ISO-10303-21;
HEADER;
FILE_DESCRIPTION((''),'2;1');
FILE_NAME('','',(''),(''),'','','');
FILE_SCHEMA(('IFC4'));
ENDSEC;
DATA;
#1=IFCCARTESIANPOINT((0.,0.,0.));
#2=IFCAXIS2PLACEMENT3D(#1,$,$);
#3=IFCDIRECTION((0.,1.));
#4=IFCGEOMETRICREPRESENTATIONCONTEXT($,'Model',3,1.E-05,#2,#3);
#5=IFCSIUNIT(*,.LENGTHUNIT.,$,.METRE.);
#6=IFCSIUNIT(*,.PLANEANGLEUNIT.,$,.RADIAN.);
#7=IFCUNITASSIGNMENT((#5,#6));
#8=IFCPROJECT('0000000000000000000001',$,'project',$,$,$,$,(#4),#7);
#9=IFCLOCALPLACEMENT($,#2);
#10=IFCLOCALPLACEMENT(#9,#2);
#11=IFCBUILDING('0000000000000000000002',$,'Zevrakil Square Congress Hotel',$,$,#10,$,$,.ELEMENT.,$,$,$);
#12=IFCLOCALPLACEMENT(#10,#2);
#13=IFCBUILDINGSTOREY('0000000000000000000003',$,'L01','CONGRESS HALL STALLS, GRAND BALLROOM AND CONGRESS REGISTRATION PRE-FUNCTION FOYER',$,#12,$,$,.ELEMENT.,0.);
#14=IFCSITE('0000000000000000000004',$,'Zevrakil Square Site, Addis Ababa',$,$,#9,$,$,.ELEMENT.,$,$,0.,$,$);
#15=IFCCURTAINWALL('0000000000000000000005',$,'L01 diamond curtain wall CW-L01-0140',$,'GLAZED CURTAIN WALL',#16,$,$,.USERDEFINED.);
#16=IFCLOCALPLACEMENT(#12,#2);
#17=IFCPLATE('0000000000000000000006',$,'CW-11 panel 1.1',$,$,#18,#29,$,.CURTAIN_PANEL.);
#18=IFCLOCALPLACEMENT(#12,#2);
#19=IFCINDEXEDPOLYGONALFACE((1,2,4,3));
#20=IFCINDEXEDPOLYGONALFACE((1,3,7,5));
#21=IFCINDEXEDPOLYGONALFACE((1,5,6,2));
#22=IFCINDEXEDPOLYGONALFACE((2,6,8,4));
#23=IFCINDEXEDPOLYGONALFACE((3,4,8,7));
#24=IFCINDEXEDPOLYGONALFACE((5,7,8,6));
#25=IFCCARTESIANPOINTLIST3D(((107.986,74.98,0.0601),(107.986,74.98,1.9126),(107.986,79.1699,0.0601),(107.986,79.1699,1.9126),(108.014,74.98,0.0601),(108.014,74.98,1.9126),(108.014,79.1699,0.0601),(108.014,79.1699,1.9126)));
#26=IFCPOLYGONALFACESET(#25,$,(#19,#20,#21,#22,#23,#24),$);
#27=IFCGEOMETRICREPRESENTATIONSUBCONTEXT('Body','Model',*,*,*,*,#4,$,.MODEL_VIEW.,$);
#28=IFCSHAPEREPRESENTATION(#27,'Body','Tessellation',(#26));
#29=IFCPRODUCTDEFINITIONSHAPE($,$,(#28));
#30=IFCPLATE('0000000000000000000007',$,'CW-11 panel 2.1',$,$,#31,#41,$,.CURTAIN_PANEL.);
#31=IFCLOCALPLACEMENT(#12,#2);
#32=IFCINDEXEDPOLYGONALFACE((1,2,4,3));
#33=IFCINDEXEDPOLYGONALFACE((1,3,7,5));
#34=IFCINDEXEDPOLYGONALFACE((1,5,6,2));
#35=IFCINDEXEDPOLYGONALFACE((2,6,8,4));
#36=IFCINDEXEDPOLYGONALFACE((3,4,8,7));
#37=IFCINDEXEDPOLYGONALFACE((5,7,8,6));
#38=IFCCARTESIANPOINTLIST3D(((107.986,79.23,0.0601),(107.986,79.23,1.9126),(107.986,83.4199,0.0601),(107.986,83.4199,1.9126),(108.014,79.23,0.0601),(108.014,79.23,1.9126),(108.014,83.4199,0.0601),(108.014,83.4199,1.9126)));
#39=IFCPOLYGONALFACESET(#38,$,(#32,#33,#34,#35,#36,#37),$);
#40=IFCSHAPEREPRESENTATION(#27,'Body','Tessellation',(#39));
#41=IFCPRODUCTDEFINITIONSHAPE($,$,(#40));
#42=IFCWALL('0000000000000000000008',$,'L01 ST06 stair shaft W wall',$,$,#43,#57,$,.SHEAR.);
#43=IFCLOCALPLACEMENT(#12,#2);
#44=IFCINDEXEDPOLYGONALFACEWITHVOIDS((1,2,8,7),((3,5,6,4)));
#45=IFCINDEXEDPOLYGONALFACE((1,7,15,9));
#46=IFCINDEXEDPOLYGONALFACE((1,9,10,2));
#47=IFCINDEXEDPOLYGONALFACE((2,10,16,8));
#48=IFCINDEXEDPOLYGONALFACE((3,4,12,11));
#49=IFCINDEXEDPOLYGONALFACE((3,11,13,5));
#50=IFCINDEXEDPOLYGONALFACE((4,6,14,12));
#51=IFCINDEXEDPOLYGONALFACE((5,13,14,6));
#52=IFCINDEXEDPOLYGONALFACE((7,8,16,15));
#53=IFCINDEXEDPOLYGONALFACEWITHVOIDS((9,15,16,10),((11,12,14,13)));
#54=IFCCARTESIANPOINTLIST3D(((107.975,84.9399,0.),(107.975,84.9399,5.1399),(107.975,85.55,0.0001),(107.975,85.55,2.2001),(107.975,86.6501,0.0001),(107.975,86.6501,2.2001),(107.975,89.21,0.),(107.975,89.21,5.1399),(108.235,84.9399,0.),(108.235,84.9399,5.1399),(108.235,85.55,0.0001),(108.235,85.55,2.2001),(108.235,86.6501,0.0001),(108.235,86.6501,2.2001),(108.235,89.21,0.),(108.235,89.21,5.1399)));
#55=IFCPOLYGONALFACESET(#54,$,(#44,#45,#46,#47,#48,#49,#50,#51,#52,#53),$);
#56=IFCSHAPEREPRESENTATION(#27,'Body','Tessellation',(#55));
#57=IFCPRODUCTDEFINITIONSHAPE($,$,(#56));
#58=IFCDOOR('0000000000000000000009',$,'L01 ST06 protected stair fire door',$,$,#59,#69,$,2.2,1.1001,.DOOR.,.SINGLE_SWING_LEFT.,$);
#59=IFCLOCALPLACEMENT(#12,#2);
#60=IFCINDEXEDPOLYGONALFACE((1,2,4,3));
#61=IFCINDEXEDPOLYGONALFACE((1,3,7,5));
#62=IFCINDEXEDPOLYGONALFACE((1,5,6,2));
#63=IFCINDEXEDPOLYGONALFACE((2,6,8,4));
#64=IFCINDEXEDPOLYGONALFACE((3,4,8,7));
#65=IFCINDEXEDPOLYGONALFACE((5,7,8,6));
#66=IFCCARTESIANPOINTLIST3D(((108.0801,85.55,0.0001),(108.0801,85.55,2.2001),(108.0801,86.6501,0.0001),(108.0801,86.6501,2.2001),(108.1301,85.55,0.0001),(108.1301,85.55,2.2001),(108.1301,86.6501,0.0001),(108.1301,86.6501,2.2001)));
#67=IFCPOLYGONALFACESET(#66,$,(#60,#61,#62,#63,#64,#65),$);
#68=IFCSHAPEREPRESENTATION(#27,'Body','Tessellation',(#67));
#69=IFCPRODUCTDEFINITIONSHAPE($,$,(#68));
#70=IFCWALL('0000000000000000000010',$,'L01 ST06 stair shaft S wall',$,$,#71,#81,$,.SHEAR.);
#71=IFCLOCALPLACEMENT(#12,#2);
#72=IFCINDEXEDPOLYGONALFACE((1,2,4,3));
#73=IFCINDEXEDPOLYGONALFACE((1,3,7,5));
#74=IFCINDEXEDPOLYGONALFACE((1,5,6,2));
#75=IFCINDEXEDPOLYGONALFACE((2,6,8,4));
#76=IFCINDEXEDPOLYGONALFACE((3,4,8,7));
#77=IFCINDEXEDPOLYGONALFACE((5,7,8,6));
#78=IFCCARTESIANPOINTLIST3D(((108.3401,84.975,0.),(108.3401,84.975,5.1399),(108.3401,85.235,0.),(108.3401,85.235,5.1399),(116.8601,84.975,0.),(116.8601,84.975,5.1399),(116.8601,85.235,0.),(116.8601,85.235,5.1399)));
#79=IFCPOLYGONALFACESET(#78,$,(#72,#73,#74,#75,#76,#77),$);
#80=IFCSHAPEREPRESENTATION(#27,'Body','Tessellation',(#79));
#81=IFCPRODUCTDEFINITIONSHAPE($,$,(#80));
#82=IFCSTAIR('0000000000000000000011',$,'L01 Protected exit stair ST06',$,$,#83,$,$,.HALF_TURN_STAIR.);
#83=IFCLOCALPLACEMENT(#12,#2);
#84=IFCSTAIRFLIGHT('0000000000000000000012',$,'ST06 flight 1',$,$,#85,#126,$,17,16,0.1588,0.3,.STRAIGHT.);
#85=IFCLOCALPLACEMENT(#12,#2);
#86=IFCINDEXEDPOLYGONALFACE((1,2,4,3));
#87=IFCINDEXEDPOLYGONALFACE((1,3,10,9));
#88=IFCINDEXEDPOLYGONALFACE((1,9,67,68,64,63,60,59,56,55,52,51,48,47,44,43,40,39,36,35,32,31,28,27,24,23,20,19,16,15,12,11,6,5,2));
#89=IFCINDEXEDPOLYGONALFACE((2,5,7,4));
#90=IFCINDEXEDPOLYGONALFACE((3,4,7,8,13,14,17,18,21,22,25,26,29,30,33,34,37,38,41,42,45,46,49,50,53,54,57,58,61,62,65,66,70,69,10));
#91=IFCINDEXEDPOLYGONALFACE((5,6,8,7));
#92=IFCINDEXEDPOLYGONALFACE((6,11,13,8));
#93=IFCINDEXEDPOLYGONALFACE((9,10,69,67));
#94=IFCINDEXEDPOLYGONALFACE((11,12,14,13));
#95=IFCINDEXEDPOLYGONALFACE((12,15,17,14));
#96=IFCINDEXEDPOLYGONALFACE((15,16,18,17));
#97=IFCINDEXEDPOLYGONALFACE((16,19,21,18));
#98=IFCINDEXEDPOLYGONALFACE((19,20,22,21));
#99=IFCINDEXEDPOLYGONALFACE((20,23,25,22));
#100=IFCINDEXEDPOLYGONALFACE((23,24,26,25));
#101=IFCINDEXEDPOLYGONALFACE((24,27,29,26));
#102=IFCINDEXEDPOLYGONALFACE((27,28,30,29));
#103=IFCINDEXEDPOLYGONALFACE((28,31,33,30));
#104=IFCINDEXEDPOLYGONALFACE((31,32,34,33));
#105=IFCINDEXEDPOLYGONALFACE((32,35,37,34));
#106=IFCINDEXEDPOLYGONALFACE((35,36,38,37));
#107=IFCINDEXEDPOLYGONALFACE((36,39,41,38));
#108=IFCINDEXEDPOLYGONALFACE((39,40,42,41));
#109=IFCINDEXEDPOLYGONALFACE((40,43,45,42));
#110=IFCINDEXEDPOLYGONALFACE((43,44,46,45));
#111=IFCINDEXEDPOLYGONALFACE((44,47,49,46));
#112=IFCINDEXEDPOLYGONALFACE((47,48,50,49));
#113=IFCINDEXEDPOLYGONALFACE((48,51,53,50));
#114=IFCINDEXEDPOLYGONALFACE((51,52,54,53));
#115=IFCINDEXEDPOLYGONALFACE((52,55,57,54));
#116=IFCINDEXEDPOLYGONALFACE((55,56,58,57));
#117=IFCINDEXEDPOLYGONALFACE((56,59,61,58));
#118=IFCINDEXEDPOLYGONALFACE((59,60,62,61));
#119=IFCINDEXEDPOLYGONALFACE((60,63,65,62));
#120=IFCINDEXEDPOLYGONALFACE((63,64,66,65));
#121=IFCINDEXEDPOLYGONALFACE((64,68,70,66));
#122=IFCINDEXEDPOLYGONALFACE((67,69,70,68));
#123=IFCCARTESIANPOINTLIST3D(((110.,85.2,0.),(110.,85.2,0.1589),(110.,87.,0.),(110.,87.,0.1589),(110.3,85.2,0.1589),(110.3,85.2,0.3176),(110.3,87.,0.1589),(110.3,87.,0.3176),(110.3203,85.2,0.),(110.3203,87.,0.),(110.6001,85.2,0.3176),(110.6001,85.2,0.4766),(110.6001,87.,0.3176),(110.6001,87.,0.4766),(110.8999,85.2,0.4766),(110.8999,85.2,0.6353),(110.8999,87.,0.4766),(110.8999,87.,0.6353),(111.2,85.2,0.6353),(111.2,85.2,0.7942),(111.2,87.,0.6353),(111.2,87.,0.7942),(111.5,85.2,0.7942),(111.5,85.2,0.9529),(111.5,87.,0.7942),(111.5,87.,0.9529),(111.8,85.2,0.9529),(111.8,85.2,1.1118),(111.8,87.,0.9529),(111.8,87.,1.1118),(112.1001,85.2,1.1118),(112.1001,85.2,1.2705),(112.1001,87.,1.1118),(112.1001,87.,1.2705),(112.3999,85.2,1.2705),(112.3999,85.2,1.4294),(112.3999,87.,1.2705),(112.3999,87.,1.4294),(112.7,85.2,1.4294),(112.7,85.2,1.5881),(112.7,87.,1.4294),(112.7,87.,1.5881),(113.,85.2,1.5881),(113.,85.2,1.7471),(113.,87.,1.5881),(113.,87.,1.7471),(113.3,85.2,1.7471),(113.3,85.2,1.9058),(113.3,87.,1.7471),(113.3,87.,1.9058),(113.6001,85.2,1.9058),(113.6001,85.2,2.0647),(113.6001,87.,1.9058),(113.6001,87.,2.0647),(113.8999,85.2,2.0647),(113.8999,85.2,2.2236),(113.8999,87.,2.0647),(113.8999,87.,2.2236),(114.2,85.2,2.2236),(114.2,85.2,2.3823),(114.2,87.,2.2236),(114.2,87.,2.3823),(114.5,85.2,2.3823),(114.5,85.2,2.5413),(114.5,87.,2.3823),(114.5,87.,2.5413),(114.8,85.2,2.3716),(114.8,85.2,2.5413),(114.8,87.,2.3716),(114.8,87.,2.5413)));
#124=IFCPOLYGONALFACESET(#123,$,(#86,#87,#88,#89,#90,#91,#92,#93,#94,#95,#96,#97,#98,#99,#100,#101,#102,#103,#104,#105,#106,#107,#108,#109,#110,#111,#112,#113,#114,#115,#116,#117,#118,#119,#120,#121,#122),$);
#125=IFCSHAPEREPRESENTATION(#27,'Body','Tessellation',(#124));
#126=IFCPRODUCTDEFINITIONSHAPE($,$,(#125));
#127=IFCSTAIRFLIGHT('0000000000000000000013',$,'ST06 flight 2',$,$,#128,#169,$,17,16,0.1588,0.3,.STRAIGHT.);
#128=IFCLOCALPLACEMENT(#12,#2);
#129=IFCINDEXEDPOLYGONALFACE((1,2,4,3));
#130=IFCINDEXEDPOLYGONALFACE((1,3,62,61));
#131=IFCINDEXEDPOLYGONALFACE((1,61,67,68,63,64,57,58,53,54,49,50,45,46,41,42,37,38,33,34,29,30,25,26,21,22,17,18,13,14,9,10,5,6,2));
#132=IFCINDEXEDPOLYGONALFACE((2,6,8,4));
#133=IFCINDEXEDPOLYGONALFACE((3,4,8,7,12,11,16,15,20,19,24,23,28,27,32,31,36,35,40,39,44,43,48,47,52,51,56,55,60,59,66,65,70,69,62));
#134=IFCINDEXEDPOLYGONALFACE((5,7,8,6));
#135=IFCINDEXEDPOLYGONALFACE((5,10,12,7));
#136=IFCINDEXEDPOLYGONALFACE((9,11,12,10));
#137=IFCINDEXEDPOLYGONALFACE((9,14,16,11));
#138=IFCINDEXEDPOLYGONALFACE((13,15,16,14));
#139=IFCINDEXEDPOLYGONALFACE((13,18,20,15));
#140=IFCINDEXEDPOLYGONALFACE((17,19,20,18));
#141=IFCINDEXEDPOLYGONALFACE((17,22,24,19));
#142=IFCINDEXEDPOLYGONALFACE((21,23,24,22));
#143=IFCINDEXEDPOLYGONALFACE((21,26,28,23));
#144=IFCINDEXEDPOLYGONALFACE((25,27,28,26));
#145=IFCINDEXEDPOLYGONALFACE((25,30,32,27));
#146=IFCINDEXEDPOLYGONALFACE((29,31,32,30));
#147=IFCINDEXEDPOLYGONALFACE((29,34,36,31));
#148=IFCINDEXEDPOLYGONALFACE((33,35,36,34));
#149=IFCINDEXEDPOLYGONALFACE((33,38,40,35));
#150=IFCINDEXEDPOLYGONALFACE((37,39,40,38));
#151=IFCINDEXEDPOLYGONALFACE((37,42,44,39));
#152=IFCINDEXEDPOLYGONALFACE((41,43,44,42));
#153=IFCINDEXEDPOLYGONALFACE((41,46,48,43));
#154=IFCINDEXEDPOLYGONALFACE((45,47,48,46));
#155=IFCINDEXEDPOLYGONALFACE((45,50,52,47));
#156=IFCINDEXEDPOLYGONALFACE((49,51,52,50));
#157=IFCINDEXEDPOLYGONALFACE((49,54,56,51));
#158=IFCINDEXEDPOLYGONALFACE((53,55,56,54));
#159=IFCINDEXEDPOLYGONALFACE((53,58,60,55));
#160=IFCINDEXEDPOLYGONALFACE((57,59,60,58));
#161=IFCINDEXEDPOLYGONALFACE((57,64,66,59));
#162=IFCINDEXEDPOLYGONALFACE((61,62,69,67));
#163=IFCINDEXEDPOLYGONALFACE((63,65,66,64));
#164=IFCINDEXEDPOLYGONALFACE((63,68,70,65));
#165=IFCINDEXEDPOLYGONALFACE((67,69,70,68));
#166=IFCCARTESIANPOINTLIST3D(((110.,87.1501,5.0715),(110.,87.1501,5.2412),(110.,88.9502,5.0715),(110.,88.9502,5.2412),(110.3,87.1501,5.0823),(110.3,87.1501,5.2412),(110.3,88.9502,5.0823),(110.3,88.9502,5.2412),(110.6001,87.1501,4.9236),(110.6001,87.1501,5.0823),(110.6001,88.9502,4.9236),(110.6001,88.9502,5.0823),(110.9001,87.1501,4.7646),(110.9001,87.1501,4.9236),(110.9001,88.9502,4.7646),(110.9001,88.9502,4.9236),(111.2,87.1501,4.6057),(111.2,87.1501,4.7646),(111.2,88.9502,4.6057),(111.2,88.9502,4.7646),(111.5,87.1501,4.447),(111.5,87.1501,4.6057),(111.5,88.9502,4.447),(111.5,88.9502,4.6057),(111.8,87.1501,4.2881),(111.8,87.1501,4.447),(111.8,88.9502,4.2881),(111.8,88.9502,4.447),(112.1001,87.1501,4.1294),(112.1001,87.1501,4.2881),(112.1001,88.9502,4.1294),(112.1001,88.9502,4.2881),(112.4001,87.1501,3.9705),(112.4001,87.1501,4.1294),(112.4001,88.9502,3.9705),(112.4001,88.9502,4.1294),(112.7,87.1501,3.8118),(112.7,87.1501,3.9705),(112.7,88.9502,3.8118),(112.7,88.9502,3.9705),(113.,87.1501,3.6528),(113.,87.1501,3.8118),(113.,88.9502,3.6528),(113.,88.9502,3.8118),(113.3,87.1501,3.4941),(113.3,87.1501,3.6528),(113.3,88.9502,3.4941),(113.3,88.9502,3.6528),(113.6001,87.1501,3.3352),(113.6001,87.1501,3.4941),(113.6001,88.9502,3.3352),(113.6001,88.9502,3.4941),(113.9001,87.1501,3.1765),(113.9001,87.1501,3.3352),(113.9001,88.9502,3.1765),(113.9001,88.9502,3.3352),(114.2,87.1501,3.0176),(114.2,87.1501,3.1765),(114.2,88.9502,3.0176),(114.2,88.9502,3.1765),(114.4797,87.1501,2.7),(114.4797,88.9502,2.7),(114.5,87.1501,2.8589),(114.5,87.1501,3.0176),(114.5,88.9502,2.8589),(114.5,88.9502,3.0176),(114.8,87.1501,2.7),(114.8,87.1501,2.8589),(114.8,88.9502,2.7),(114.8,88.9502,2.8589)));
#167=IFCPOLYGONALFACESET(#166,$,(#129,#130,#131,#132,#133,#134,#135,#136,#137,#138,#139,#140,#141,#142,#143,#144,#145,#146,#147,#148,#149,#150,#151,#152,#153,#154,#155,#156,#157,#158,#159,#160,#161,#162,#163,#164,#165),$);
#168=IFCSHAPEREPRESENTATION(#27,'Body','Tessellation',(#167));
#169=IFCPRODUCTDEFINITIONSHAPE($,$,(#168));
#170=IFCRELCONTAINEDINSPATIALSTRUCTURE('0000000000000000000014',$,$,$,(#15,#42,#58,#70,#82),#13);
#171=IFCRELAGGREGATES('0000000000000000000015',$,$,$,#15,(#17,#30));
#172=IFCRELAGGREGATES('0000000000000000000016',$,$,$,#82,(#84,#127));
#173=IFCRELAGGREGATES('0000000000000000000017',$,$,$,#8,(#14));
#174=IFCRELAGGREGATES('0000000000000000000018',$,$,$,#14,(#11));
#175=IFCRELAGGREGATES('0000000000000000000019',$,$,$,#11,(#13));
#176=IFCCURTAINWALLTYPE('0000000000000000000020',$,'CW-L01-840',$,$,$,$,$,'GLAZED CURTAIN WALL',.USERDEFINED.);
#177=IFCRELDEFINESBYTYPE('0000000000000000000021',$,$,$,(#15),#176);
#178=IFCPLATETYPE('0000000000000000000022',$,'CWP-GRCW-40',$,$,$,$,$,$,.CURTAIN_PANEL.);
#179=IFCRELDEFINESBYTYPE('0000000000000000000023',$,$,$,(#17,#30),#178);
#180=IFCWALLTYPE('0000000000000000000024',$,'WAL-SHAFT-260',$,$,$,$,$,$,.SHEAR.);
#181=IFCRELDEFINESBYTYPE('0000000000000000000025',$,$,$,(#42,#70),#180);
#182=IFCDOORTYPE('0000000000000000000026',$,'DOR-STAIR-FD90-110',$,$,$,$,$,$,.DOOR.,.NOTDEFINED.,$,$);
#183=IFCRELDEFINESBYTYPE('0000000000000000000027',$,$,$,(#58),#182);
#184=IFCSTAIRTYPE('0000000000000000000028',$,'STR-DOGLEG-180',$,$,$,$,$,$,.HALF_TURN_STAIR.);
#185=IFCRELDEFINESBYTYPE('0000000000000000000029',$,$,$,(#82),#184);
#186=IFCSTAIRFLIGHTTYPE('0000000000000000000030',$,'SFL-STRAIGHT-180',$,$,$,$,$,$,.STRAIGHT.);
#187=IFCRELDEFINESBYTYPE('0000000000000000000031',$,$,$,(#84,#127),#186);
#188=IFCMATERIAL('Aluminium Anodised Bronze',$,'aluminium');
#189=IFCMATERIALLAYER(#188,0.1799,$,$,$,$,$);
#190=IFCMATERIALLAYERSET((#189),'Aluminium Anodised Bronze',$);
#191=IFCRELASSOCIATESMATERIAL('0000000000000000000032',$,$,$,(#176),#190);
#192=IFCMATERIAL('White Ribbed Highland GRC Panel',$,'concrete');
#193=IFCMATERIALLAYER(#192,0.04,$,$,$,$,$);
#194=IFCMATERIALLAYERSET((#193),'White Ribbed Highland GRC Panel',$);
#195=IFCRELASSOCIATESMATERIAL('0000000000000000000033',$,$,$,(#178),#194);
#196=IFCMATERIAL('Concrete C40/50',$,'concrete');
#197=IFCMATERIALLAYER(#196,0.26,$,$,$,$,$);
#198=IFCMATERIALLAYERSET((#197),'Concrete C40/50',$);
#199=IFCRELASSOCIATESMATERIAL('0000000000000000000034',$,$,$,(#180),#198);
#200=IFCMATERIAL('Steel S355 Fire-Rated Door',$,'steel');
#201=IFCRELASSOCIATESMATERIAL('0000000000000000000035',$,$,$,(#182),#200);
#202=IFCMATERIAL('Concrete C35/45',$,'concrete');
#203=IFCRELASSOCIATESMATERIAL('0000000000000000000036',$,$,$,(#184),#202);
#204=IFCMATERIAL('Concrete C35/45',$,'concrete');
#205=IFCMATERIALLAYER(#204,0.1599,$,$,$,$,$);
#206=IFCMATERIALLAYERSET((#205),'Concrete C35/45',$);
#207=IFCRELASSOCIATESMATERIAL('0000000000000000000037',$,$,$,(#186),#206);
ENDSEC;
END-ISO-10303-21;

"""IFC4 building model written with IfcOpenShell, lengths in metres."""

from ifc_helpers import new_model, si_unit, direction, frame, frame_2d, origin, origin_2d, place, context, subcontext, project, spatial, polyline, rectangle, outline, extrude, material, layer, layer_set, type_object, element, fill, aggregate, save


model = new_model("IFC4")

# Units and contexts
model_context = context("Model", 3, precision=1e-05, world=origin(), true_north=direction((0.0, 1.0)))
body_context = subcontext(model_context, "Body", "Model", "MODEL_VIEW")
ifc_project = project(units=[si_unit("LENGTHUNIT", "METRE"), si_unit("PLANEANGLEUNIT", "RADIAN")], contexts=[model_context])

# Site, building, storey
site_placement = place(None, origin())
site = spatial("IfcSite", under=ifc_project, at=site_placement, Name="Zevrakil Square Site, Addis Ababa", CompositionType="ELEMENT", RefElevation=0.0)
building_placement = place(site_placement, origin())
building = spatial("IfcBuilding", under=site, at=building_placement, Name="Zevrakil Square Congress Hotel", CompositionType="ELEMENT")
storey_placement = place(building_placement, origin())
storey = spatial("IfcBuildingStorey", under=building, at=storey_placement, Name="L01", Description="CONGRESS HALL STALLS, GRAND BALLROOM AND CONGRESS REGISTRATION PRE-FUNCTION FOYER", CompositionType="ELEMENT", Elevation=0.0)

# Curtain wall, plates
ifc_material_1 = material(Name="Aluminium Anodised Bronze", Category="aluminium")
ifc_layer_1 = layer(ifc_material_1, 0.1799)
ifc_layer_set_1 = layer_set([ifc_layer_1], Name="Aluminium Anodised Bronze")
curtain_wall_type = type_object("IfcCurtainWallType", Name="CW-L01-840", ElementType="GLAZED CURTAIN WALL", PredefinedType="USERDEFINED", material=ifc_layer_set_1)
curtain_wall_placement = place(storey_placement, origin())
curtain_wall = element("IfcCurtainWall", 1, at=curtain_wall_placement, inside=storey, type_object=curtain_wall_type, Name="L01 diamond curtain wall CW-L01-0140", ObjectType="GLAZED CURTAIN WALL", PredefinedType="USERDEFINED")
ifc_material_2 = material(Name="White Ribbed Highland GRC Panel", Category="concrete")
ifc_layer_2 = layer(ifc_material_2, 0.04)
ifc_layer_set_2 = layer_set([ifc_layer_2], Name="White Ribbed Highland GRC Panel")
plate_type_1 = type_object("IfcPlateType", Name="CWP-GRCW-40", PredefinedType="CURTAIN_PANEL", material=ifc_layer_set_2)
plate_1_placement = place(storey_placement, frame((108.0, 77.075, 0.0601), z_axis=(0.0, 0.0, 1.0), x_axis=(0.0, 1.0, 0.0)))
plate_1 = element("IfcPlate", 2, at=plate_1_placement, type_object=plate_type_1, Name="CW-11 panel 1.1", PredefinedType="CURTAIN_PANEL", context=body_context, shape_type="SweptSolid", body=[
    extrude(rectangle(XDim=4.1899, YDim=0.0281, at=origin_2d()), origin(), (0.0, 0.0, 1.0), 1.8525),
])
plate_2_placement = place(storey_placement, frame((108.0, 81.325, 0.0601), z_axis=(0.0, 0.0, 1.0), x_axis=(0.0, 1.0, 0.0)))
plate_2 = element("IfcPlate", 3, at=plate_2_placement, type_object=plate_type_1, Name="CW-11 panel 2.1", PredefinedType="CURTAIN_PANEL", context=body_context, shape_type="SweptSolid", body=[
    extrude(rectangle(XDim=4.1899, YDim=0.0281, at=origin_2d()), origin(), (0.0, 0.0, 1.0), 1.8525),
])
aggregate(curtain_wall, [plate_1, plate_2])

# Wall, opening, door
ifc_material_3 = material(Name="Concrete C40/50", Category="concrete")
ifc_layer_3 = layer(ifc_material_3, 0.26)
ifc_layer_set_3 = layer_set([ifc_layer_3], Name="Concrete C40/50")
wall_type = type_object("IfcWallType", Name="WAL-SHAFT-260", PredefinedType="SHEAR", material=ifc_layer_set_3)
wall_1_placement = place(storey_placement, frame((108.105, 84.9399, 0.0), z_axis=(0.0, 0.0, 1.0), x_axis=(0.0, 1.0, 0.0)))
wall_1 = element("IfcWall", 4, at=wall_1_placement, inside=storey, type_object=wall_type, Name="L01 ST06 stair shaft W wall", PredefinedType="SHEAR", context=body_context, shape_type="SweptSolid", body=[
    extrude(rectangle(XDim=4.27, YDim=0.26, at=frame_2d((2.135, 0.0))), origin(), (0.0, 0.0, 1.0), 5.1399),
])
opening_placement = place(wall_1_placement, frame((0.6101, 0.0, 0.0)))
opening = element("IfcOpeningElement", 5, at=opening_placement, cuts=wall_1, PredefinedType="OPENING", context=body_context, shape_type="SweptSolid", body=[
    extrude(rectangle(XDim=1.1001, YDim=2.2, at=frame_2d((0.55, 1.1001))), frame((0.0, 0.1401, 0.0), z_axis=(0.0, -1.0, 0.0), x_axis=(1.0, 0.0, 0.0)), (0.0, 0.0, 1.0), 0.28),
])
ifc_material_4 = material(Name="Steel S355 Fire-Rated Door", Category="steel")
door_type = type_object("IfcDoorType", Name="DOR-STAIR-FD90-110", OperationType="NOTDEFINED", PredefinedType="DOOR", material=ifc_material_4)
door_placement = place(opening_placement, origin())
door = element("IfcDoor", 6, at=door_placement, inside=storey, type_object=door_type, Name="L01 ST06 protected stair fire door", OperationType="SINGLE_SWING_LEFT", OverallHeight=2.2, OverallWidth=1.1001, PredefinedType="DOOR", context=body_context, shape_type="SweptSolid", body=[
    extrude(rectangle(XDim=1.1001, YDim=2.2, at=frame_2d((0.55, 1.1001))), frame((0.0, 0.0249, 0.0), z_axis=(0.0, -1.0, 0.0), x_axis=(1.0, 0.0, 0.0)), (0.0, 0.0, 1.0), 0.05),
])
fill(opening, door)

# Wall
wall_2_placement = place(storey_placement, frame((108.3401, 85.105, 0.0), z_axis=(0.0, 0.0, 1.0), x_axis=(1.0, 0.0, 0.0)))
element("IfcWall", 7, at=wall_2_placement, inside=storey, type_object=wall_type, Name="L01 ST06 stair shaft S wall", PredefinedType="SHEAR", context=body_context, shape_type="SweptSolid", body=[
    extrude(rectangle(XDim=8.52, YDim=0.26, at=frame_2d((4.26, 0.0))), origin(), (0.0, 0.0, 1.0), 5.1399),
])

# Stair, stair flights
ifc_material_5 = material(Name="Concrete C35/45", Category="concrete")
stair_type = type_object("IfcStairType", Name="STR-DOGLEG-180", PredefinedType="HALF_TURN_STAIR", material=ifc_material_5)
stair_placement = place(storey_placement, origin())
stair = element("IfcStair", 8, at=stair_placement, inside=storey, type_object=stair_type, Name="L01 Protected exit stair ST06", PredefinedType="HALF_TURN_STAIR")
ifc_material_6 = material(Name="Concrete C35/45", Category="concrete")
ifc_layer_4 = layer(ifc_material_6, 0.1599)
ifc_layer_set_4 = layer_set([ifc_layer_4], Name="Concrete C35/45")
stair_flight_type = type_object("IfcStairFlightType", Name="SFL-STRAIGHT-180", PredefinedType="STRAIGHT", material=ifc_layer_set_4)
stair_flight_1_placement = place(storey_placement, frame((110.0, 86.1001, 0.0), z_axis=(0.0, 0.0, 1.0), x_axis=(1.0, 0.0, 0.0)))
stair_flight_1 = element("IfcStairFlight", 9, at=stair_flight_1_placement, type_object=stair_flight_type, Name="ST06 flight 1", NumberOfRisers=17, NumberOfTreads=16, PredefinedType="STRAIGHT", RiserHeight=0.1588, TreadLength=0.3, context=body_context, shape_type="SweptSolid", body=[
    extrude(outline(polyline([(0.0, 0.0), (0.0, 0.1589), (0.3, 0.1589), (0.3, 0.3176), (0.6001, 0.3176), (0.6001, 0.4766), (0.8999, 0.4766), (0.8999, 0.6353), (1.2, 0.6353), (1.2, 0.7942), (1.5, 0.7942), (1.5, 0.9529), (1.8, 0.9529), (1.8, 1.1118), (2.1001, 1.1118), (2.1001, 1.2705), (2.3999, 1.2705), (2.3999, 1.4294), (2.7, 1.4294), (2.7, 1.5881), (3.0, 1.5881), (3.0, 1.7471), (3.3, 1.7471), (3.3, 1.9058), (3.6001, 1.9058), (3.6001, 2.0647), (3.8999, 2.0647), (3.8999, 2.2236), (4.2, 2.2236), (4.2, 2.3823), (4.5, 2.3823), (4.5, 2.5413), (4.8, 2.5413), (4.8, 2.7), (4.8, 2.3716), (0.3203, 0.0), (0.0, 0.0)])), frame((0.0, 0.8999, 0.0), z_axis=(0.0, -1.0, 0.0), x_axis=(1.0, 0.0, 0.0)), (0.0, 0.0, 1.0), 1.8),
])
stair_flight_2_placement = place(storey_placement, frame((114.8, 88.05, 2.7), z_axis=(0.0, 0.0, 1.0), x_axis=(-1.0, 0.0, 0.0)))
stair_flight_2 = element("IfcStairFlight", 10, at=stair_flight_2_placement, type_object=stair_flight_type, Name="ST06 flight 2", NumberOfRisers=17, NumberOfTreads=16, PredefinedType="STRAIGHT", RiserHeight=0.1588, TreadLength=0.3, context=body_context, shape_type="SweptSolid", body=[
    extrude(outline(polyline([(0.0, 0.0), (0.0, 0.1589), (0.3, 0.1589), (0.3, 0.3176), (0.6001, 0.3176), (0.6001, 0.4766), (0.8999, 0.4766), (0.8999, 0.6353), (1.2, 0.6353), (1.2, 0.7942), (1.5, 0.7942), (1.5, 0.9529), (1.8, 0.9529), (1.8, 1.1118), (2.1001, 1.1118), (2.1001, 1.2705), (2.3999, 1.2705), (2.3999, 1.4294), (2.7, 1.4294), (2.7, 1.5881), (3.0, 1.5881), (3.0, 1.7471), (3.3, 1.7471), (3.3, 1.9058), (3.6001, 1.9058), (3.6001, 2.0647), (3.8999, 2.0647), (3.8999, 2.2236), (4.2, 2.2236), (4.2, 2.3823), (4.5, 2.3823), (4.5, 2.5413), (4.8, 2.5413), (4.8, 2.7), (4.8, 2.3716), (0.3203, 0.0), (0.0, 0.0)])), frame((0.0, 0.8999, 0.0), z_axis=(0.0, -1.0, 0.0), x_axis=(1.0, 0.0, 0.0)), (0.0, 0.0, 1.0), 1.8),
])
aggregate(stair, [stair_flight_1, stair_flight_2])

save(model, "model.ifc")
